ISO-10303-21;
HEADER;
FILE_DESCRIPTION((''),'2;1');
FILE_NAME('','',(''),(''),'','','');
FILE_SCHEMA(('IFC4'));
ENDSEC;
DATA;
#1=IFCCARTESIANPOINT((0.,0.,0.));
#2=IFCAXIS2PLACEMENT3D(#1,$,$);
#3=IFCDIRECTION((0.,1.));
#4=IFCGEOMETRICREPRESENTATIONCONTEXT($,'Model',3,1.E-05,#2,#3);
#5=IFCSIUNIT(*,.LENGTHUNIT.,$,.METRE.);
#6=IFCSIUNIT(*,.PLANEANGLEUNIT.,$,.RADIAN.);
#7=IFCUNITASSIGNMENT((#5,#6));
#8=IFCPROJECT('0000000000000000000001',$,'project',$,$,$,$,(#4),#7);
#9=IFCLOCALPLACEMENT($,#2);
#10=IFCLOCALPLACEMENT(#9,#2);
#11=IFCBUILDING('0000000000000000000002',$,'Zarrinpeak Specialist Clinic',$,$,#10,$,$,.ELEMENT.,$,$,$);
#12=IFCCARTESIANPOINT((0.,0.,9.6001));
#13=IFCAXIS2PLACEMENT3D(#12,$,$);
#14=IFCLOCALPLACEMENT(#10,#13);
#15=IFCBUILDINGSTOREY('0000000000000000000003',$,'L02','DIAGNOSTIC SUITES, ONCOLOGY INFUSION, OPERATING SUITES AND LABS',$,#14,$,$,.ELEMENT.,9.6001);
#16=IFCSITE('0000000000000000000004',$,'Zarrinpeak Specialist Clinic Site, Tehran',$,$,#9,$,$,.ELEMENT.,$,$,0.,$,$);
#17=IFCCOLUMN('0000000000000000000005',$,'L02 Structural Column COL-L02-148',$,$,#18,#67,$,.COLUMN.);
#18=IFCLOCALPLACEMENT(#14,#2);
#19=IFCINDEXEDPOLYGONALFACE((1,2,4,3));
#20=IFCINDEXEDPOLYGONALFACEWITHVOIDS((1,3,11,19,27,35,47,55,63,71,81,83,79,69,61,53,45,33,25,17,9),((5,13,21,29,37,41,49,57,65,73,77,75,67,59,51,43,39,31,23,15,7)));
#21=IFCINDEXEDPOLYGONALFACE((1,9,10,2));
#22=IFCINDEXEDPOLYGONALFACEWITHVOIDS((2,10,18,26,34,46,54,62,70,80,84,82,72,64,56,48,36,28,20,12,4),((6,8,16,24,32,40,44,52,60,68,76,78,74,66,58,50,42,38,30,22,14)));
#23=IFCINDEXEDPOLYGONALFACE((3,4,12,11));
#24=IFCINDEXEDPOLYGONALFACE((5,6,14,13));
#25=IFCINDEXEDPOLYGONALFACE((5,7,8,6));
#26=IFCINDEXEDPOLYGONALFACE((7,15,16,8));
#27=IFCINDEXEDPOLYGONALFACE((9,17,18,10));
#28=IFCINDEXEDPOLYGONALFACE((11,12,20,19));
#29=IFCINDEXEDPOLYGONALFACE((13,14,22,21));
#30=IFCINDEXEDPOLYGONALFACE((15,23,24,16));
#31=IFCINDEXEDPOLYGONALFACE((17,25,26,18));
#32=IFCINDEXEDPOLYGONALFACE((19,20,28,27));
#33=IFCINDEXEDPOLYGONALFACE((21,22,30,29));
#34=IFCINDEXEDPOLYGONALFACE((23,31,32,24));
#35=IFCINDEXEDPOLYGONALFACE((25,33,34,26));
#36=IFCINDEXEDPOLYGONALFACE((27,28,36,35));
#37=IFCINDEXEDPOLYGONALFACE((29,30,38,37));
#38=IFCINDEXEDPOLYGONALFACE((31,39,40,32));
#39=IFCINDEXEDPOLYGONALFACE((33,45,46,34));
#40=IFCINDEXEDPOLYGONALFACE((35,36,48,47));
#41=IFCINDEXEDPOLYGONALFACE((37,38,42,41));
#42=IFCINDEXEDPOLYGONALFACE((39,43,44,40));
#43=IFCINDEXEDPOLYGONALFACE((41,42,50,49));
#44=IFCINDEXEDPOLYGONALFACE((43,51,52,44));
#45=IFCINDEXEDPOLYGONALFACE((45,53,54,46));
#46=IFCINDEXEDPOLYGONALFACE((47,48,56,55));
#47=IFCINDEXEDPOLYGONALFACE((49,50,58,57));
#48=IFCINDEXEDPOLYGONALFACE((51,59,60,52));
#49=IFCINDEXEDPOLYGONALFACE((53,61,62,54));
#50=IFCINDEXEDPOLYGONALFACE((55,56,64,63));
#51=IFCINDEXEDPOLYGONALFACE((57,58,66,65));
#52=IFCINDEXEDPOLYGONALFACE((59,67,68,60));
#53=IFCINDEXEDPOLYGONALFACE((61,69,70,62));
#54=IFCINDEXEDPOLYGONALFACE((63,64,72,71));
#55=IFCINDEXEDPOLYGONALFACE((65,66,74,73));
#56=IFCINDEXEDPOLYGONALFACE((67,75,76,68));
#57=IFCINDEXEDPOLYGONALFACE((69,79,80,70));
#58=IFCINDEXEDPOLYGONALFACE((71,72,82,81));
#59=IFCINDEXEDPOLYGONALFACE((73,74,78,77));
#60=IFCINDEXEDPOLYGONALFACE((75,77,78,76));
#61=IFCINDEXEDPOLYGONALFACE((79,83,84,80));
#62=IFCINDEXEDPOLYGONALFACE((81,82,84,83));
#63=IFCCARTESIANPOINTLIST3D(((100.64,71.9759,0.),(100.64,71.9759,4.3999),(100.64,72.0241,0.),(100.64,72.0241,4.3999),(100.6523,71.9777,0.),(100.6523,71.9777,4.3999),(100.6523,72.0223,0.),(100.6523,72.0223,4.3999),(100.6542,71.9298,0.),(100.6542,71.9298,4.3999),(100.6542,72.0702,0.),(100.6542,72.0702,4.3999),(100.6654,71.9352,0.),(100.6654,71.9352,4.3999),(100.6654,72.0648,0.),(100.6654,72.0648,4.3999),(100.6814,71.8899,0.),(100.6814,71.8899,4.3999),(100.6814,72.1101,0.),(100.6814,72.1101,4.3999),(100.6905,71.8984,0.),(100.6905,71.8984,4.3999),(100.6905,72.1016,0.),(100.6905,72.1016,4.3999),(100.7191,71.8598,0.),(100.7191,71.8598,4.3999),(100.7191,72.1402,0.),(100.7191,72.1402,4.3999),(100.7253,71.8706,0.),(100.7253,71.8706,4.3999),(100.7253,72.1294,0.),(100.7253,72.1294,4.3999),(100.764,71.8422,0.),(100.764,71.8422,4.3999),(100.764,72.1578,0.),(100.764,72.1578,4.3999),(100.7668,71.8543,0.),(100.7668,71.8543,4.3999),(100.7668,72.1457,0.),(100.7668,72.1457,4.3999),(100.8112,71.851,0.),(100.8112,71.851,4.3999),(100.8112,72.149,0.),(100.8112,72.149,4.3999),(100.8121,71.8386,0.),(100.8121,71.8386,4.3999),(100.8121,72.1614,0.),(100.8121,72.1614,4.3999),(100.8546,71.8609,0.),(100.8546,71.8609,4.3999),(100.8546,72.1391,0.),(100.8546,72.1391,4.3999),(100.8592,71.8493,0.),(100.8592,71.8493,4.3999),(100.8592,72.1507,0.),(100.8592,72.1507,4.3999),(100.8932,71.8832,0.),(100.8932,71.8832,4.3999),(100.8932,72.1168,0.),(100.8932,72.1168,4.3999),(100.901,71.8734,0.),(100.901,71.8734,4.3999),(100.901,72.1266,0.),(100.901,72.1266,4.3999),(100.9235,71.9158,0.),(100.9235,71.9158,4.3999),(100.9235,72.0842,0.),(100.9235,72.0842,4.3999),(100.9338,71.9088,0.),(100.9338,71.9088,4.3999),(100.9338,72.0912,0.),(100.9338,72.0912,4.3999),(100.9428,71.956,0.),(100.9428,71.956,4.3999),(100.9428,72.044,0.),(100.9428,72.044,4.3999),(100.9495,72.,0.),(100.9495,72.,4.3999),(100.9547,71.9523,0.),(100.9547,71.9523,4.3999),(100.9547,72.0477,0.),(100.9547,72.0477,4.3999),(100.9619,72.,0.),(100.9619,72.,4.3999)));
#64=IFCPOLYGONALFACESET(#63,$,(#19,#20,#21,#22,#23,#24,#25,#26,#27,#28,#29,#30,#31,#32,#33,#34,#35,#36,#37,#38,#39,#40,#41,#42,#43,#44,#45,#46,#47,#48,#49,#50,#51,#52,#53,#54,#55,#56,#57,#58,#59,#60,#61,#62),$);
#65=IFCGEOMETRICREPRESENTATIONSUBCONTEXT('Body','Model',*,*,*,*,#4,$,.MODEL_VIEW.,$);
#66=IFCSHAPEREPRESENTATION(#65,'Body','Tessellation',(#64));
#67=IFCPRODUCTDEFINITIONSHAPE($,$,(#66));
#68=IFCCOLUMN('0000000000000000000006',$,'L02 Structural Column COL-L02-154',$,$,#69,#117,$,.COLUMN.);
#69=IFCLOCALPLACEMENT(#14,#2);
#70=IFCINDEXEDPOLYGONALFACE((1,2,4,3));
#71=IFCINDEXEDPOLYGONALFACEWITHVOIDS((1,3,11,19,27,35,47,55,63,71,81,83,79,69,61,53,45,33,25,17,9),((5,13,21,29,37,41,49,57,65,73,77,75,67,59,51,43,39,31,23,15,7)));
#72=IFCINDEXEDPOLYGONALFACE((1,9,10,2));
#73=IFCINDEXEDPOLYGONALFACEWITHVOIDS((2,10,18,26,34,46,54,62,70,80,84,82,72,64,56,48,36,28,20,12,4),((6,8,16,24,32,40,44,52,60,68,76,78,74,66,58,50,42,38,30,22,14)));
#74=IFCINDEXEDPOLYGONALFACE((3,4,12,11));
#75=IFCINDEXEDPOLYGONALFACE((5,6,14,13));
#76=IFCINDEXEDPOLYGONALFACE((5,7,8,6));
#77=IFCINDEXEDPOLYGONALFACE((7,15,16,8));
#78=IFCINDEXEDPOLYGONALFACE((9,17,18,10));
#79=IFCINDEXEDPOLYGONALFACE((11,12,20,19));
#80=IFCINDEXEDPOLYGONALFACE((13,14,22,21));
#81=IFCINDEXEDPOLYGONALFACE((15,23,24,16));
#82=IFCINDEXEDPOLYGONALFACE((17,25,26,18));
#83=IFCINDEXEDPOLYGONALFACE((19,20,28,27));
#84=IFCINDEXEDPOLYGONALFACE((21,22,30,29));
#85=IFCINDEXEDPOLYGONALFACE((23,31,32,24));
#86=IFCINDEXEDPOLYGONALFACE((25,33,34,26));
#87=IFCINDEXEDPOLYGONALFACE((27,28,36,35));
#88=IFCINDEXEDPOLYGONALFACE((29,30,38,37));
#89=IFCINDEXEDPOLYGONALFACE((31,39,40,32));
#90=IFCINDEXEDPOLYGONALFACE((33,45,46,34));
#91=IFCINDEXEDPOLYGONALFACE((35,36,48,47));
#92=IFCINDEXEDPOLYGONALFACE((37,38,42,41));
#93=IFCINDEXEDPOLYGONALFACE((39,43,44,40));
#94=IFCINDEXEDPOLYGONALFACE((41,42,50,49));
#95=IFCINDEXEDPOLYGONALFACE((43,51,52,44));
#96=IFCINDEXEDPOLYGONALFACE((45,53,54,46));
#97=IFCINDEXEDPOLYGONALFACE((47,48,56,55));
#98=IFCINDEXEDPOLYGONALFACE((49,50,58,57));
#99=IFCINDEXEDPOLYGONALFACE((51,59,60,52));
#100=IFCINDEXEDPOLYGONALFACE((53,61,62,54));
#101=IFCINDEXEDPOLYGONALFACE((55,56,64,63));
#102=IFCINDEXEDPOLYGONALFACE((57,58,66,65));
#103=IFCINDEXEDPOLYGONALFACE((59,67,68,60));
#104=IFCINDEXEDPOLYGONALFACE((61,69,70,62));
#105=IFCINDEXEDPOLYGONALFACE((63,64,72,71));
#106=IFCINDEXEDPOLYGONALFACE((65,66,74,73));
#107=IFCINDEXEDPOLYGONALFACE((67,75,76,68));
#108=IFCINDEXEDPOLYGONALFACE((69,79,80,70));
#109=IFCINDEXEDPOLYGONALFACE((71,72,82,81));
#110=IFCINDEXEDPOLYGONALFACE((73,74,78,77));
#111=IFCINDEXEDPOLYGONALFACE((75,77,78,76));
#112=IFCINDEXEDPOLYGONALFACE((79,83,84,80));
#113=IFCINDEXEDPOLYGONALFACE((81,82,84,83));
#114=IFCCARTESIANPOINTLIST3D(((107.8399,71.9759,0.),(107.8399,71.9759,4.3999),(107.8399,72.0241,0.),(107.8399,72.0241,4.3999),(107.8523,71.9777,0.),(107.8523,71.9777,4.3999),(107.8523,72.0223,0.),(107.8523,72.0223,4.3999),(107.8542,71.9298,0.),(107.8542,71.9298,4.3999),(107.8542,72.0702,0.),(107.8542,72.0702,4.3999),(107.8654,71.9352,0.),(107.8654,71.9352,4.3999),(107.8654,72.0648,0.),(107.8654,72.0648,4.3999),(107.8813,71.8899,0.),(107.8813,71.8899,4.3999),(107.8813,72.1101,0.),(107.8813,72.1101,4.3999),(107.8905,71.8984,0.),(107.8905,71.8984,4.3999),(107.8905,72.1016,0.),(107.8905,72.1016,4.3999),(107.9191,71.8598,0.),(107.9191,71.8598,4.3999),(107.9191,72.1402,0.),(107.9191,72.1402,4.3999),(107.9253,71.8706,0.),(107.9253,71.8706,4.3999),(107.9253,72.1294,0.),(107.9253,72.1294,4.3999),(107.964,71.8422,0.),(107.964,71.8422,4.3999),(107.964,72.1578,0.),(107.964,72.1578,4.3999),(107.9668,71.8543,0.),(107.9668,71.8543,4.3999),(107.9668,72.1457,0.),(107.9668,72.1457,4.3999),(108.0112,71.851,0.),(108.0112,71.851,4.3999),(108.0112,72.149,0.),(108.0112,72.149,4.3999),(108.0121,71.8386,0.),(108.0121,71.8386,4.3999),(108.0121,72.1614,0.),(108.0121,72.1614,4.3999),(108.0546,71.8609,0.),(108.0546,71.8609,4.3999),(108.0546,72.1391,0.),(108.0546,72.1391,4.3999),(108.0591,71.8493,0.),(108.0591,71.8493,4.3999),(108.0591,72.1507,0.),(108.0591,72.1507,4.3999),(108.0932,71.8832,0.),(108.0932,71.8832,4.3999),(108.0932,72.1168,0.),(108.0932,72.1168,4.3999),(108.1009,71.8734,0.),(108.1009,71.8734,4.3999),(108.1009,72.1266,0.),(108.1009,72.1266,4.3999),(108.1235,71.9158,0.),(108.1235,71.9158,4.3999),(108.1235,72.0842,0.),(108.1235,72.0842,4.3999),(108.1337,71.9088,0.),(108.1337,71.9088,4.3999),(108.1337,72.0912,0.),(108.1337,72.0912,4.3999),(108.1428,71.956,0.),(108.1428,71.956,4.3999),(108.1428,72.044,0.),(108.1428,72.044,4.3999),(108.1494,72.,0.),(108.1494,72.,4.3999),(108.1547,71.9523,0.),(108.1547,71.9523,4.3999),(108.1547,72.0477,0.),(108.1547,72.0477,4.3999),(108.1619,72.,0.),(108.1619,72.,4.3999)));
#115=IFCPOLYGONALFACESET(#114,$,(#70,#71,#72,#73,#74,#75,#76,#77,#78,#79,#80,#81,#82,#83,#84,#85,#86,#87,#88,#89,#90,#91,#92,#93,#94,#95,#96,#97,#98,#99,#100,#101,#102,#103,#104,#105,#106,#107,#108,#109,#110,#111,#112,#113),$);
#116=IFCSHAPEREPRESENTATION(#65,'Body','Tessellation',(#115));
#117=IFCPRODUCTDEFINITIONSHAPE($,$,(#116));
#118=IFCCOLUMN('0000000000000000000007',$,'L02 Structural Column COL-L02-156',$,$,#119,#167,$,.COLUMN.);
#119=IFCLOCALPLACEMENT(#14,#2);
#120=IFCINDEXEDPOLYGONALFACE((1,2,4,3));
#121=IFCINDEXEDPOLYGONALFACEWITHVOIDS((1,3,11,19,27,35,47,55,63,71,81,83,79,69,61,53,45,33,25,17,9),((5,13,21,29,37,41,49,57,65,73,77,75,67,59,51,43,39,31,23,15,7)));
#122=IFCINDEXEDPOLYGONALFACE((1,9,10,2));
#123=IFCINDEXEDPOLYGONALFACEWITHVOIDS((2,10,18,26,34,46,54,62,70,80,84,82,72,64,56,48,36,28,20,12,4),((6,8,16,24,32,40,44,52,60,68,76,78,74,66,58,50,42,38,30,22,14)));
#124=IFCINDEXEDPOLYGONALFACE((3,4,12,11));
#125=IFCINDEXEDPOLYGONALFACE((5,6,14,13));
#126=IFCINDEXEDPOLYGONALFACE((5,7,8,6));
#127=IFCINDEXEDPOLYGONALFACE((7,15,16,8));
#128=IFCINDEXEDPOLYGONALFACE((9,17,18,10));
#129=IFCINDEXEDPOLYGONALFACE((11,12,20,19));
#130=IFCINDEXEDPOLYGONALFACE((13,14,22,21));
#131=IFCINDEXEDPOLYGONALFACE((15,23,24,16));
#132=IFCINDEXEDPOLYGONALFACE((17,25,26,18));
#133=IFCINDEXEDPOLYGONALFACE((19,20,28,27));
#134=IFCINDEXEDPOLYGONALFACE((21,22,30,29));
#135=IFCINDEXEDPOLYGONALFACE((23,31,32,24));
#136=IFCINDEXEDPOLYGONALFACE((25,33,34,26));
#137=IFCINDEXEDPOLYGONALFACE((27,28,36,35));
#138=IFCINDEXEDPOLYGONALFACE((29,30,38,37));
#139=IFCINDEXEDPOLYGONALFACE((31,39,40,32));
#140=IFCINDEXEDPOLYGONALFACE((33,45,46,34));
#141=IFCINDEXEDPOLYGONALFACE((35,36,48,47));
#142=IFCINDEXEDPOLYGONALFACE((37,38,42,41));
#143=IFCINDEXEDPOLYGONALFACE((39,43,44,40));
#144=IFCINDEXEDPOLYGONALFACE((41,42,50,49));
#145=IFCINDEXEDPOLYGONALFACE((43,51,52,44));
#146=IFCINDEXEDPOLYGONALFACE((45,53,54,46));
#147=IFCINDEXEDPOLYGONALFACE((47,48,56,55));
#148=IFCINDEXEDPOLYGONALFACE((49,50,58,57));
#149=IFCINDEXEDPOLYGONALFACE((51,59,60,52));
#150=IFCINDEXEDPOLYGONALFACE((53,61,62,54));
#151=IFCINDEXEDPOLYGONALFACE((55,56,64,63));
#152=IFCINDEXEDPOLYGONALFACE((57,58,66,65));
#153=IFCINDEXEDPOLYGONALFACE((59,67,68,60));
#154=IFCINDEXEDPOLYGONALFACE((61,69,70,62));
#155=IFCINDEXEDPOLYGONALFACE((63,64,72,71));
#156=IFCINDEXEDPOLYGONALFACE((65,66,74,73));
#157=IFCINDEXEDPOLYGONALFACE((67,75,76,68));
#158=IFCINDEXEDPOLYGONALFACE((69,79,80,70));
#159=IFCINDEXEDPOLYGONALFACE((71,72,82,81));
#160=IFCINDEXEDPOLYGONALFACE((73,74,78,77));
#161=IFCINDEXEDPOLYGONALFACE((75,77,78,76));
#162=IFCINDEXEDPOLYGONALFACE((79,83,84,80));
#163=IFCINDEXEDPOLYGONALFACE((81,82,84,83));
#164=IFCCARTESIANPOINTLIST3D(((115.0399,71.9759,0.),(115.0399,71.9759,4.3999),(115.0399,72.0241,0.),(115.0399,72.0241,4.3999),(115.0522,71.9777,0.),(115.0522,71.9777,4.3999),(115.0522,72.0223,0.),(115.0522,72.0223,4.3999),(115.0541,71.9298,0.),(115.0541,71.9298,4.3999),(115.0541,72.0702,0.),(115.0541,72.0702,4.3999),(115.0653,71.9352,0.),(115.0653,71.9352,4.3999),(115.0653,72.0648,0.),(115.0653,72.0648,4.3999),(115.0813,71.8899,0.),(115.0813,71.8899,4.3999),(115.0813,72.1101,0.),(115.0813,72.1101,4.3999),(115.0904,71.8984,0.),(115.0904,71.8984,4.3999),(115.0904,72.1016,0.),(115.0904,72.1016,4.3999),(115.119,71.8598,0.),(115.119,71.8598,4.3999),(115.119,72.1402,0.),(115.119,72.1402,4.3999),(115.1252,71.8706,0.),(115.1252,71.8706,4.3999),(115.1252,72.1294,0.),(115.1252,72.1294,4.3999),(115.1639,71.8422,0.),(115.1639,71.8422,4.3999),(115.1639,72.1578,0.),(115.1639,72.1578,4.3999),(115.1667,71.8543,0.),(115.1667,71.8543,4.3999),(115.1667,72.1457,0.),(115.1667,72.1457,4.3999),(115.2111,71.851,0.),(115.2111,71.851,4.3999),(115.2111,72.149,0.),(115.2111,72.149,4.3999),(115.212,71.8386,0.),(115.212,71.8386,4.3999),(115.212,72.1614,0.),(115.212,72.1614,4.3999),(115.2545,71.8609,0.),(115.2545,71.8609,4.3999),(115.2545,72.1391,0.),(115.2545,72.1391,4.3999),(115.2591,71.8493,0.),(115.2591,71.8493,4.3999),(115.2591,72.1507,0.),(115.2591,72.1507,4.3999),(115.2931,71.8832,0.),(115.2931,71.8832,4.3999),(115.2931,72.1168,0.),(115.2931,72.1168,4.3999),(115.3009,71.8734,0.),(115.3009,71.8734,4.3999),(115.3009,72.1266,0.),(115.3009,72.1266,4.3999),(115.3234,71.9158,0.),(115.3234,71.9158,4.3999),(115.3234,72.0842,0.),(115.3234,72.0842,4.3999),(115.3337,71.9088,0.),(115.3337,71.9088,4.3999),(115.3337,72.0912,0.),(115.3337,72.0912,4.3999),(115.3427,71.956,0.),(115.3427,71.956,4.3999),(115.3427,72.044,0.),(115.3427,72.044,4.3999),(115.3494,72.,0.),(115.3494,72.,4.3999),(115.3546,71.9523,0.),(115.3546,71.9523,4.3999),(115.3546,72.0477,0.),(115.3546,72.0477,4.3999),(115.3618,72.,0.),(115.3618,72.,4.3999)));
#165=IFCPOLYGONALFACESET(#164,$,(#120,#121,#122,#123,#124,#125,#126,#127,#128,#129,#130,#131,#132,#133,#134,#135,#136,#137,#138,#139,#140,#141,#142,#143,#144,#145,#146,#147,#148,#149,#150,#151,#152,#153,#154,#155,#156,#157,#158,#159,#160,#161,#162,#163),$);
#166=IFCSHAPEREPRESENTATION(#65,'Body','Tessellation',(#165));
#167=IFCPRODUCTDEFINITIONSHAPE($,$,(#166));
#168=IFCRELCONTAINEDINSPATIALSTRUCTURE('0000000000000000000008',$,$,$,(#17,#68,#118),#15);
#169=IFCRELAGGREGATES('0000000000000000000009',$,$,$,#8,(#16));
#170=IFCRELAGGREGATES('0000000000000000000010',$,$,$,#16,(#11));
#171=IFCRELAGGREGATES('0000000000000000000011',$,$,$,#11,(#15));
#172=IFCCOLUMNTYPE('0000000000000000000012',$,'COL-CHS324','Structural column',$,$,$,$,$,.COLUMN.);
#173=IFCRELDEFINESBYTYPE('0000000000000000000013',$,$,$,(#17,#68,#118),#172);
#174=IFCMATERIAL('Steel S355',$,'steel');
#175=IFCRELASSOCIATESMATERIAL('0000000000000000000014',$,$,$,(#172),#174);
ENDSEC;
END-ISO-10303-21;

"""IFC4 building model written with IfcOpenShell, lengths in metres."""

from ifc_helpers import new_model, si_unit, direction, frame, origin, origin_2d, place, context, subcontext, project, spatial, hollow_circle, extrude, material, material_profile, profile_set, type_object, element, save


model = new_model("IFC4")

# Units and contexts
model_context = context("Model", 3, precision=1e-05, world=origin(), true_north=direction((0.0, 1.0)))
body_context = subcontext(model_context, "Body", "Model", "MODEL_VIEW")
ifc_project = project(units=[si_unit("LENGTHUNIT", "METRE"), si_unit("PLANEANGLEUNIT", "RADIAN")], contexts=[model_context])

# Site, building, storey
site_placement = place(None, origin())
site = spatial("IfcSite", under=ifc_project, at=site_placement, Name="Zarrinpeak Specialist Clinic Site, Tehran", CompositionType="ELEMENT", RefElevation=0.0)
building_placement = place(site_placement, origin())
building = spatial("IfcBuilding", under=site, at=building_placement, Name="Zarrinpeak Specialist Clinic", CompositionType="ELEMENT")
storey_placement = place(building_placement, frame((0.0, 0.0, 9.6001)))
storey = spatial("IfcBuildingStorey", under=building, at=storey_placement, Name="L02", Description="DIAGNOSTIC SUITES, ONCOLOGY INFUSION, OPERATING SUITES AND LABS", CompositionType="ELEMENT", Elevation=9.6001)

# Columns
ifc_material = material(Name="Steel S355", Category="steel")
ifc_material_profile_1 = material_profile(ifc_material, hollow_circle(Radius=0.1619, WallThickness=0.0125, at=origin_2d()), Name="CHS 323.9x12.5")
ifc_profile_set_1 = profile_set([ifc_material_profile_1], Name="Steel S355")
column_type_1 = type_object("IfcColumnType", Name="COL-CHS324", Description="Structural column", PredefinedType="COLUMN", material=ifc_profile_set_1)
for number, where, z_axis, x_axis, name in (
    (1, (100.8, 72.0, 0.0), (0.0, 0.0, 1.0), (1.0, 0.0, 0.0), "L02 Structural Column COL-L02-148"),
    (2, (108.0, 72.0, 0.0), (0.0, 0.0, 1.0), (1.0, 0.0, 0.0), "L02 Structural Column COL-L02-154"),
    (3, (115.2, 72.0, 0.0), (0.0, 0.0, 1.0), (1.0, 0.0, 0.0), "L02 Structural Column COL-L02-156"),
):
    element("IfcColumn", number, at=place(storey_placement, frame(where, z_axis=z_axis, x_axis=x_axis)), inside=storey, type_object=column_type_1, Name=name, PredefinedType="COLUMN", context=body_context, shape_type="SweptSolid", body=[
        extrude(hollow_circle(Radius=0.1619, WallThickness=0.0125, at=origin_2d()), origin(), (0.0, 0.0, 1.0), 4.3999),
    ])

save(model, "model.ifc")
